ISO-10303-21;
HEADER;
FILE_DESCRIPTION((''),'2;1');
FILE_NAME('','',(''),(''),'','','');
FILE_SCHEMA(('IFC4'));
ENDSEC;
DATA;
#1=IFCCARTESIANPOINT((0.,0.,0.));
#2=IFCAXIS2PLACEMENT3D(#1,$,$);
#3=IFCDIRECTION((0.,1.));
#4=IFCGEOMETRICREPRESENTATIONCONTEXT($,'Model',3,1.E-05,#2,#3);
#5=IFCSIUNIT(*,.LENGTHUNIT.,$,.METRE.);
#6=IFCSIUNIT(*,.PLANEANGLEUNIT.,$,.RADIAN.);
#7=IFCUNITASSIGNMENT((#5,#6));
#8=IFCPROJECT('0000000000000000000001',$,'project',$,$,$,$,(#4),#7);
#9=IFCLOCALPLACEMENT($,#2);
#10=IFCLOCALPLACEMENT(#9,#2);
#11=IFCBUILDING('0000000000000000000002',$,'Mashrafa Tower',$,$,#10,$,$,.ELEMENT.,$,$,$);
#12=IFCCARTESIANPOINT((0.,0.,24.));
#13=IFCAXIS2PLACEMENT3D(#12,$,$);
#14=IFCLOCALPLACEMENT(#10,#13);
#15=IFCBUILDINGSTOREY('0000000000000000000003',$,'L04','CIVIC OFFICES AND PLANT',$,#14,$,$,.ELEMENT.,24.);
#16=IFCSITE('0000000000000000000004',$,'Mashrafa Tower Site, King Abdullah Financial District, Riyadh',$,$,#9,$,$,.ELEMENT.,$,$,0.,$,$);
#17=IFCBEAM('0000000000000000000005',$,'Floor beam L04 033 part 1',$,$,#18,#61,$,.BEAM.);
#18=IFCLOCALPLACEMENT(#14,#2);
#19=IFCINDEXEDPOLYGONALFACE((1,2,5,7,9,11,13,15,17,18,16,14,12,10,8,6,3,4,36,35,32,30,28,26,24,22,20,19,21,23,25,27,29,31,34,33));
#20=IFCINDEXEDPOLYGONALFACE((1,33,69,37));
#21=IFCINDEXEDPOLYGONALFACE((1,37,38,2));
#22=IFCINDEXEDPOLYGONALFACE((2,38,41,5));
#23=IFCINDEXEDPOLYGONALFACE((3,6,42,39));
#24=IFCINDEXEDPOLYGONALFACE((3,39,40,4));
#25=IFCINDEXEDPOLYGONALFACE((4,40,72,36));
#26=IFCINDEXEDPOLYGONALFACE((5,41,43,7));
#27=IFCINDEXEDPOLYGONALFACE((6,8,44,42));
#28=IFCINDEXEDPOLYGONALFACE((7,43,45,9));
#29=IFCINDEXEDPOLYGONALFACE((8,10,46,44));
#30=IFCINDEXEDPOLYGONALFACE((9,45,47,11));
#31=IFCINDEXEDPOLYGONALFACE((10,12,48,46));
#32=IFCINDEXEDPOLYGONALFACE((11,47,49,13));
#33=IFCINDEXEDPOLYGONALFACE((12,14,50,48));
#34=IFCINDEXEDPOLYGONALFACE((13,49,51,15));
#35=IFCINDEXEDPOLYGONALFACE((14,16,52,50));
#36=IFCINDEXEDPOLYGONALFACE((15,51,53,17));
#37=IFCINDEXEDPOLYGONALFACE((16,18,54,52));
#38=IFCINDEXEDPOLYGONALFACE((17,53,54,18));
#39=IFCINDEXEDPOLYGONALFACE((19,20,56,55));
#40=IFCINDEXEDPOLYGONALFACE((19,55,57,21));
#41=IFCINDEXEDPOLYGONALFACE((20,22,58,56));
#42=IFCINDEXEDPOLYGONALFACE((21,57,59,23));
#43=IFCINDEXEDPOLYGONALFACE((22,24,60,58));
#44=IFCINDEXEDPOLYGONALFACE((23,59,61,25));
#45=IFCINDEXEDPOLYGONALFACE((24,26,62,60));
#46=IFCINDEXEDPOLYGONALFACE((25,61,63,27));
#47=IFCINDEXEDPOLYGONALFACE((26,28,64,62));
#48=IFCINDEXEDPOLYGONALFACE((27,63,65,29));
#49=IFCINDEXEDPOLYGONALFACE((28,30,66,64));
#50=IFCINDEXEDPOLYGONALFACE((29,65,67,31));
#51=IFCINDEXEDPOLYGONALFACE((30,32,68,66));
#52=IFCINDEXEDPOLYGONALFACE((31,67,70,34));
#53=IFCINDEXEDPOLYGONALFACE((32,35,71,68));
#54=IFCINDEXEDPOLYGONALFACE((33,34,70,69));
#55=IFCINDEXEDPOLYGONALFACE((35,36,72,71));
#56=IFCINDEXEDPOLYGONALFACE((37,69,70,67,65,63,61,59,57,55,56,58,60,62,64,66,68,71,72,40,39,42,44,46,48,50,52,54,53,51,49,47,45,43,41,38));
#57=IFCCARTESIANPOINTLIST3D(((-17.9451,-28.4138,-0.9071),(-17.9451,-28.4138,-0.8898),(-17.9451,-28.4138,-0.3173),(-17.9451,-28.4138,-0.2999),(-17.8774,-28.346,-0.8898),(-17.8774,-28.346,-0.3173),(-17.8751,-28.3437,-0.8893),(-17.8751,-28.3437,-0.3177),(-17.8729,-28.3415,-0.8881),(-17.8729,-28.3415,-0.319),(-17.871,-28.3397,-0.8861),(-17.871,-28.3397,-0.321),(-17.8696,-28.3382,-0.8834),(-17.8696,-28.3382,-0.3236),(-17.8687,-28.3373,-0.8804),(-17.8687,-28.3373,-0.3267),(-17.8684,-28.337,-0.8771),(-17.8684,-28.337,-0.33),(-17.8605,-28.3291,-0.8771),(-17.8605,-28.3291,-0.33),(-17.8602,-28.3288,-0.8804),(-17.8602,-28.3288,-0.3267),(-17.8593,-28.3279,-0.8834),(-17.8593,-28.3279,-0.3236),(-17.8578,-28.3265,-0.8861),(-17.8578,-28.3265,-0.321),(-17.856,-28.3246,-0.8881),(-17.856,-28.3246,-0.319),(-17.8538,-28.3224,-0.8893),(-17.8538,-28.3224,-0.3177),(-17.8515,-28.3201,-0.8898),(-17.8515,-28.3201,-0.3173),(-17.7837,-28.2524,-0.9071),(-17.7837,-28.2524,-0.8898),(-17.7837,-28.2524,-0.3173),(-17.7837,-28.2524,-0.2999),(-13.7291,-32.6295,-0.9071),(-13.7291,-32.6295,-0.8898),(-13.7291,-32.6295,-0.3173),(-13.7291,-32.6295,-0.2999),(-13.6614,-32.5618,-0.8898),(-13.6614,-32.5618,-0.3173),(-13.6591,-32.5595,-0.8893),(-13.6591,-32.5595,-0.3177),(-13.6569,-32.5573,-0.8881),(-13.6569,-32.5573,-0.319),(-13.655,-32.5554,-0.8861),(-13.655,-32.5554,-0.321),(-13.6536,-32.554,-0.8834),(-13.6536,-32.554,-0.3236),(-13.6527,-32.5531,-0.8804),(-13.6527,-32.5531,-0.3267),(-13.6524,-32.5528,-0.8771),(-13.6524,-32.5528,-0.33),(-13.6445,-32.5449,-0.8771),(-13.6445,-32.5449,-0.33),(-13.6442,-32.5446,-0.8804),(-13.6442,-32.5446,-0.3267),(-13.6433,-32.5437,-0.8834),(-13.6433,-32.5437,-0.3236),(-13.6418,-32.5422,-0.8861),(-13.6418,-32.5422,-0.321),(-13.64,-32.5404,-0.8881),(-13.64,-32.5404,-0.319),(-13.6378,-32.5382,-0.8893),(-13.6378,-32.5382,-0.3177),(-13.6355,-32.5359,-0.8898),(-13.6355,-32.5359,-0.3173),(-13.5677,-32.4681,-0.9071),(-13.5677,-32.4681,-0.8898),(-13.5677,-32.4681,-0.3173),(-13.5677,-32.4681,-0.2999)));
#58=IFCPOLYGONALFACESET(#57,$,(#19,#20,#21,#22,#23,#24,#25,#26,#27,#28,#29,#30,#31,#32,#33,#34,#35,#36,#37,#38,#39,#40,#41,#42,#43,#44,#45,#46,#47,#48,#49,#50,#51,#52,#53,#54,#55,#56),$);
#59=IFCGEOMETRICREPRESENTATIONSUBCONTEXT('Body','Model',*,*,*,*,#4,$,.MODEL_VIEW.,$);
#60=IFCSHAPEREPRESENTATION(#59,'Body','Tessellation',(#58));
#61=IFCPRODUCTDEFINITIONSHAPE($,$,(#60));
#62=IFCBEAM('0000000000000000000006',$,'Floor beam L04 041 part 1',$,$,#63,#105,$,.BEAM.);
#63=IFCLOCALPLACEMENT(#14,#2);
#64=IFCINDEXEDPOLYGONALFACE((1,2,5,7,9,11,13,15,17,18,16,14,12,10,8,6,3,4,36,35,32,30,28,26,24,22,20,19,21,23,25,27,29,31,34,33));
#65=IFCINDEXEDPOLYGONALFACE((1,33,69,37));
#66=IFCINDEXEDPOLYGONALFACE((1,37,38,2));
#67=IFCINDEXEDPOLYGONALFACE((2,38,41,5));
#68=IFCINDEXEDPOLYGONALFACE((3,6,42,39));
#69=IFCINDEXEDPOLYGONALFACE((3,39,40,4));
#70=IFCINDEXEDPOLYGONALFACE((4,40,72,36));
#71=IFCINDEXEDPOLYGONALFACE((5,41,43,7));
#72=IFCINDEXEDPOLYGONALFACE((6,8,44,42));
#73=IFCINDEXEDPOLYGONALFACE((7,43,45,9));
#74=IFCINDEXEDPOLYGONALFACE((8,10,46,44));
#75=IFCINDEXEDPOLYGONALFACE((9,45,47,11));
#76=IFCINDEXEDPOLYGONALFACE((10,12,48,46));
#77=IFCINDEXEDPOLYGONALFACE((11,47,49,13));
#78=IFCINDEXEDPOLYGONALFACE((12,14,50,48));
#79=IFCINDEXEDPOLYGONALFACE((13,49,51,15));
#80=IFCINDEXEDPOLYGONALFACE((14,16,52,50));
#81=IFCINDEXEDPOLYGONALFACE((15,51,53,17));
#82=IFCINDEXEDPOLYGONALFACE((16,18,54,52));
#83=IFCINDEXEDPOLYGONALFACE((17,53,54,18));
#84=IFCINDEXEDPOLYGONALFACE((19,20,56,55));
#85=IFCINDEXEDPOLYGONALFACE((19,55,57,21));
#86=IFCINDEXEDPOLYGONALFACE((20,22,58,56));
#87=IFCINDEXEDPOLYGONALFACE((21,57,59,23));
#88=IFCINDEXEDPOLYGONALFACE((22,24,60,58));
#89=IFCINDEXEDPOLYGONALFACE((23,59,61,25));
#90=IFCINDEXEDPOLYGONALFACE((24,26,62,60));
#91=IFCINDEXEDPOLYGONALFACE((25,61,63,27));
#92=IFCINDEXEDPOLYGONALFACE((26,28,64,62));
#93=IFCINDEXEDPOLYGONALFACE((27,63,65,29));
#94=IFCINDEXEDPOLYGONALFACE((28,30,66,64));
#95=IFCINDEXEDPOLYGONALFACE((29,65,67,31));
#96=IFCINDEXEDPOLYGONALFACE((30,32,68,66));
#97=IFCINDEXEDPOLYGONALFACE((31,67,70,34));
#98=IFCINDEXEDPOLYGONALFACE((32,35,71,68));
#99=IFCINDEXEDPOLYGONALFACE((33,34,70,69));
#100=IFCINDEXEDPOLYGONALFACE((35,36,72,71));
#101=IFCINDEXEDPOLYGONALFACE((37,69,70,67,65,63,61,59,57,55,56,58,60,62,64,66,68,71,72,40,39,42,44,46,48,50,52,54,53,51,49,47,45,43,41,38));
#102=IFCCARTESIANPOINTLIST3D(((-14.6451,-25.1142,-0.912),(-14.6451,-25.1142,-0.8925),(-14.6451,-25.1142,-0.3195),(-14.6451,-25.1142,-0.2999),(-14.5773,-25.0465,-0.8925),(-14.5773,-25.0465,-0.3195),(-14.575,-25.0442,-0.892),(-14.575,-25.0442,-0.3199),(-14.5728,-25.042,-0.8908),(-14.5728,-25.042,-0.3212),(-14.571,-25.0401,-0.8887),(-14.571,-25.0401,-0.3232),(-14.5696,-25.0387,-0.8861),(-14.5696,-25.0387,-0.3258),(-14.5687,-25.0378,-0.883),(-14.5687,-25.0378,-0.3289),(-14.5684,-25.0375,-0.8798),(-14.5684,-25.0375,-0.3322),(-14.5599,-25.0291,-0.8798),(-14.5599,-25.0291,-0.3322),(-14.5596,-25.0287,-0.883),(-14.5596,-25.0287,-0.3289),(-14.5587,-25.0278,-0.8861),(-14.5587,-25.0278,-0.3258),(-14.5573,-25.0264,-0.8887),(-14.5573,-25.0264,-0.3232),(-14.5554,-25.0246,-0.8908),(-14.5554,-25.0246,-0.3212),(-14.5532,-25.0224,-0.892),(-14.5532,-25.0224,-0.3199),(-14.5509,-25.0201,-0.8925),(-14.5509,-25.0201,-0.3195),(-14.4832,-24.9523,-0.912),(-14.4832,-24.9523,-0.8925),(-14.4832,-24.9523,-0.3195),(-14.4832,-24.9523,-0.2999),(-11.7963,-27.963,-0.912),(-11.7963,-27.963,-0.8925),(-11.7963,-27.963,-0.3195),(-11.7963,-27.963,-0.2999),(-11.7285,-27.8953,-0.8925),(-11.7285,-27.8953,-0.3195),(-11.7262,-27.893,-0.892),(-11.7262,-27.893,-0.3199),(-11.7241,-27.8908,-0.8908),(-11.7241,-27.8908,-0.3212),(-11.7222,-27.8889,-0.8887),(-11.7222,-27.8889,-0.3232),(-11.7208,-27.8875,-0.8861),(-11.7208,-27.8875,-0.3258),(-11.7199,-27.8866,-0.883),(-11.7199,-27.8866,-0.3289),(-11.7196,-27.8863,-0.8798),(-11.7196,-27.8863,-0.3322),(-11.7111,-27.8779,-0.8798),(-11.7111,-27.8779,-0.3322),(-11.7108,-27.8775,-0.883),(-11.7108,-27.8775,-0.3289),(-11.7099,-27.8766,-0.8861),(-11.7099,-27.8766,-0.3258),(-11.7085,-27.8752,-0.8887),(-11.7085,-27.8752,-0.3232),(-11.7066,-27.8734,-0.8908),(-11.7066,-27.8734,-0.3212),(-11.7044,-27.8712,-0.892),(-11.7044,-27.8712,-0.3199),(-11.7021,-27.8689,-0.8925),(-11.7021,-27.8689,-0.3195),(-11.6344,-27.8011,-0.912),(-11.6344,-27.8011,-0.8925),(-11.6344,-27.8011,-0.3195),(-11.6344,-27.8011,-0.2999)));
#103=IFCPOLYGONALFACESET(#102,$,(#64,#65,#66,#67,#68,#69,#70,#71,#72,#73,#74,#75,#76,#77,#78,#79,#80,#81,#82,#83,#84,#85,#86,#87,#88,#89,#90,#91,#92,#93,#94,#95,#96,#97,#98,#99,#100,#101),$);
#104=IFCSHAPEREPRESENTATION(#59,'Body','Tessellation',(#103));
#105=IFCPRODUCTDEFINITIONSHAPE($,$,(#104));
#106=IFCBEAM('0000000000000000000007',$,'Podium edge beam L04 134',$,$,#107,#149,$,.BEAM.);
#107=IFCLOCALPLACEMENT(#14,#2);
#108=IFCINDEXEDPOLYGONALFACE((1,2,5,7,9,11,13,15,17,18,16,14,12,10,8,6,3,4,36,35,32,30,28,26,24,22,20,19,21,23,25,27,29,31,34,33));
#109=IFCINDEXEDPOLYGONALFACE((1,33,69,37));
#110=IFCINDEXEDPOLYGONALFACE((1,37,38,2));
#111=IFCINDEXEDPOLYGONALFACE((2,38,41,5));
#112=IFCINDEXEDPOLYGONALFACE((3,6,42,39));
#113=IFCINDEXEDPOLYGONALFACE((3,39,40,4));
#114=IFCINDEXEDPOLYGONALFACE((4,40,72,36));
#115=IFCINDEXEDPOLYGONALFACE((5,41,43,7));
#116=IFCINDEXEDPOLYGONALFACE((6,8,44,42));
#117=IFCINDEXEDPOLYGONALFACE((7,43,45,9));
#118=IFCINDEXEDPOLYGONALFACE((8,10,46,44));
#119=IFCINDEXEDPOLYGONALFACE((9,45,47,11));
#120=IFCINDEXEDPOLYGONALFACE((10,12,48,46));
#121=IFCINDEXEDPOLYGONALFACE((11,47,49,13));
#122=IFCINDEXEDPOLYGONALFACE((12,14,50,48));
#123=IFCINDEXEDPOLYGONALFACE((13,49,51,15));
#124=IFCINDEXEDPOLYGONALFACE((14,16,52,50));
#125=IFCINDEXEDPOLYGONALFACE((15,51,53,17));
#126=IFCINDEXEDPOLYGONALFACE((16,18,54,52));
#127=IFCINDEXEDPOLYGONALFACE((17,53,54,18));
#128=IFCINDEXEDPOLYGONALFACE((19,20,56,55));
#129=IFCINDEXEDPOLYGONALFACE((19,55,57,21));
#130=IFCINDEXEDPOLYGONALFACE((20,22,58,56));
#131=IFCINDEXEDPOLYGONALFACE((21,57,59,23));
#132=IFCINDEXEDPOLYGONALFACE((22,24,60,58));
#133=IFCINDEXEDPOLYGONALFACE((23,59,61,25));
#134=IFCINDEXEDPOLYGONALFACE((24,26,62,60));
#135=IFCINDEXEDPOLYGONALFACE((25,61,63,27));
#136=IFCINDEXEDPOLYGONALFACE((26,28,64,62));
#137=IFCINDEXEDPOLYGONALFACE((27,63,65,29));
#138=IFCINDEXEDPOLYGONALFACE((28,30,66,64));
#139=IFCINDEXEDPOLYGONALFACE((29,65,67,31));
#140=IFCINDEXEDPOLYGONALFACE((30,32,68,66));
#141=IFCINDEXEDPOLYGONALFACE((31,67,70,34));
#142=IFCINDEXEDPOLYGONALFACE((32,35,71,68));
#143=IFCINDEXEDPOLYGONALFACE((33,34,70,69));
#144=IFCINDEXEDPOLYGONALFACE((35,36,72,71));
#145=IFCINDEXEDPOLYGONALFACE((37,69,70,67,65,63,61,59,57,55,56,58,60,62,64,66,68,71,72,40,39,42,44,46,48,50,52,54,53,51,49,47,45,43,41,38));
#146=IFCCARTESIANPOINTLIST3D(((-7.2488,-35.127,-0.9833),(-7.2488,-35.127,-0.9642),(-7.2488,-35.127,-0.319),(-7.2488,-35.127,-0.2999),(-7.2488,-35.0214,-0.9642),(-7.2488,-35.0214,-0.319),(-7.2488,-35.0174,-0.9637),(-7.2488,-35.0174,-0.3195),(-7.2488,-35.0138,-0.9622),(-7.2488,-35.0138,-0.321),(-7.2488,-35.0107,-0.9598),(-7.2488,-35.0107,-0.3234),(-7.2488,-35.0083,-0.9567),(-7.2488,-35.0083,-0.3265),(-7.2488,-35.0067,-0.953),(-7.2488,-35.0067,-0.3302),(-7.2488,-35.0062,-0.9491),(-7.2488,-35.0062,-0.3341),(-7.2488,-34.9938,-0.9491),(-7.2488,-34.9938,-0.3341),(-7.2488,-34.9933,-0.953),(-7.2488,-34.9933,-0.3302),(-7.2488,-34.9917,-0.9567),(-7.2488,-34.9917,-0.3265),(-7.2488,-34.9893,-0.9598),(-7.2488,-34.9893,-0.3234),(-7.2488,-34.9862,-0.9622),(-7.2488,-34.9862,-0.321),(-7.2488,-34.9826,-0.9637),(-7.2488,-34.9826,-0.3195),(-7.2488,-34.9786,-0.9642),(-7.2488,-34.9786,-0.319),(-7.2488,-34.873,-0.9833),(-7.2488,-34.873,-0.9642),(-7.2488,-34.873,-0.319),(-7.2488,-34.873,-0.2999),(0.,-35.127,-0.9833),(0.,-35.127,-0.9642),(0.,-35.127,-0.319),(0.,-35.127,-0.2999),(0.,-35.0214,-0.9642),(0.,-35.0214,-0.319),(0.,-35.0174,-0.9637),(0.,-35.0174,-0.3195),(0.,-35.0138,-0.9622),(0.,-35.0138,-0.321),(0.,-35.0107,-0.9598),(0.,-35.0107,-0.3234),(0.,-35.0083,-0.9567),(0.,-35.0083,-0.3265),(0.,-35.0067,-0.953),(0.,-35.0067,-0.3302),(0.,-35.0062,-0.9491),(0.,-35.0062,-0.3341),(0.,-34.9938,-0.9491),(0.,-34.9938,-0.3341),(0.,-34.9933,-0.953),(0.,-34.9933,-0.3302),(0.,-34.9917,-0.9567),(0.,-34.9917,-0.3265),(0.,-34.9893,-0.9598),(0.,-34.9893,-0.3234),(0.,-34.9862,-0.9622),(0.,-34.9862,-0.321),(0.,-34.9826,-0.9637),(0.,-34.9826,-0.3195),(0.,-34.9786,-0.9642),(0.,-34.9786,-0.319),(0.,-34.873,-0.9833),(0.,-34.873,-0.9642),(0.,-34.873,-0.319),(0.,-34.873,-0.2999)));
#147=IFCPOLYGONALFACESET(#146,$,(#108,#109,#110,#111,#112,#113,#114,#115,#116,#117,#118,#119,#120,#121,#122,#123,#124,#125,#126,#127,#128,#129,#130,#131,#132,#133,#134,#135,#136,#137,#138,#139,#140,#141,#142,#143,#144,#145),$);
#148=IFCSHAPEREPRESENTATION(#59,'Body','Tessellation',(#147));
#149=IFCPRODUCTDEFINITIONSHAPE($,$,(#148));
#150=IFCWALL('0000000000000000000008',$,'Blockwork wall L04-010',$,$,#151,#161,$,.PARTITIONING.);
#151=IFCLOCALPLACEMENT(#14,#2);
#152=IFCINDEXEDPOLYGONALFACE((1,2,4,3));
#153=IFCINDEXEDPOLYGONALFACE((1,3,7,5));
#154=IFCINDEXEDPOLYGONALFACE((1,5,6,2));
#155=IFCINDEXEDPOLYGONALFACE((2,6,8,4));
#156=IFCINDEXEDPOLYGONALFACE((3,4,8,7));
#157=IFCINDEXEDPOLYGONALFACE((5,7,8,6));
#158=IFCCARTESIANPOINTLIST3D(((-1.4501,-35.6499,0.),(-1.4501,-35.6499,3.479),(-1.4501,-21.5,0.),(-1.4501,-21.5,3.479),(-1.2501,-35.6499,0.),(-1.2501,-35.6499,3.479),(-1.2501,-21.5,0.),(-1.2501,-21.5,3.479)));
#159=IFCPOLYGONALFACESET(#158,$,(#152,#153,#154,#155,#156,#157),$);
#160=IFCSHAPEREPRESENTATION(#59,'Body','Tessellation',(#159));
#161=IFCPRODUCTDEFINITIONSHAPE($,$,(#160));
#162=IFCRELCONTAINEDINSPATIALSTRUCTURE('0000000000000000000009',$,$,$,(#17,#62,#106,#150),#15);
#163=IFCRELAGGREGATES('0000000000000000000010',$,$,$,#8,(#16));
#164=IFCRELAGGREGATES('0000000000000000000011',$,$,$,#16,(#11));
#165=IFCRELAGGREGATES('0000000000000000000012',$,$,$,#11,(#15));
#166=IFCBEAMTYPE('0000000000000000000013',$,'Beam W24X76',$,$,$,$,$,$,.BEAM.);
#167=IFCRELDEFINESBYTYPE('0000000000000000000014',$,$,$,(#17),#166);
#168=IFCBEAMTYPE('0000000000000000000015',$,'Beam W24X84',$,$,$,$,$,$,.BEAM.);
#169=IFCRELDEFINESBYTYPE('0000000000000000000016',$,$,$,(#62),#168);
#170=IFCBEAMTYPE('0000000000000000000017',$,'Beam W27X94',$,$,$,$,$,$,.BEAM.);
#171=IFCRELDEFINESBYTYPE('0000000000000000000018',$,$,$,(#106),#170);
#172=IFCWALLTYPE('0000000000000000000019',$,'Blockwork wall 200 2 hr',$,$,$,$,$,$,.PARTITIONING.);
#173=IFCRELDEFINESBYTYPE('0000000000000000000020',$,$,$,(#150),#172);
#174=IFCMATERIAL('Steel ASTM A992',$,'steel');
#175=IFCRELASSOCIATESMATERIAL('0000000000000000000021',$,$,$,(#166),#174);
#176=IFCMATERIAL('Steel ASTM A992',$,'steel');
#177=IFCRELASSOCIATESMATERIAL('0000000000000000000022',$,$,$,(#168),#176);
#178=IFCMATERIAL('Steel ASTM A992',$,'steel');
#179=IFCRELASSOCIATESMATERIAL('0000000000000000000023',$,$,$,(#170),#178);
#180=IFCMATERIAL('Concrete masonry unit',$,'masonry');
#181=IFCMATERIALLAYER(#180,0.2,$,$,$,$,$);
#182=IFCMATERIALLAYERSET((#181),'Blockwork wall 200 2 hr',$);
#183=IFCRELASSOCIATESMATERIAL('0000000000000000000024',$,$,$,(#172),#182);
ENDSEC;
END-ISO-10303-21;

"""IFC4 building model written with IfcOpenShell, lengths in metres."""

from ifc_helpers import new_model, si_unit, direction, frame, frame_2d, origin, origin_2d, place, context, subcontext, project, spatial, rectangle, i_section, extrude, material, layer, layer_set, material_profile, profile_set, type_object, element, save


model = new_model("IFC4")

# Units and contexts
model_context = context("Model", 3, precision=1e-05, world=origin(), true_north=direction((0.0, 1.0)))
body_context = subcontext(model_context, "Body", "Model", "MODEL_VIEW")
ifc_project = project(units=[si_unit("LENGTHUNIT", "METRE"), si_unit("PLANEANGLEUNIT", "RADIAN")], contexts=[model_context])

# Site, building, storey
site_placement = place(None, origin())
site = spatial("IfcSite", under=ifc_project, at=site_placement, Name="Mashrafa Tower Site, King Abdullah Financial District, Riyadh", CompositionType="ELEMENT", RefElevation=0.0)
building_placement = place(site_placement, origin())
building = spatial("IfcBuilding", under=site, at=building_placement, Name="Mashrafa Tower", CompositionType="ELEMENT")
storey_placement = place(building_placement, frame((0.0, 0.0, 24.0)))
storey = spatial("IfcBuildingStorey", under=building, at=storey_placement, Name="L04", Description="CIVIC OFFICES AND PLANT", CompositionType="ELEMENT", Elevation=24.0)

# Beams
ifc_material_1 = material(Name="Steel ASTM A992", Category="steel")
ifc_material_profile_1 = material_profile(ifc_material_1, i_section(OverallWidth=0.2283, OverallDepth=0.6072, WebThickness=0.0112, FlangeThickness=0.0173, FilletRadius=0.0127, at=origin_2d()), Name="W24X76")
ifc_profile_set_1 = profile_set([ifc_material_profile_1], Name="Steel ASTM A992")
beam_type_1 = type_object("IfcBeamType", Name="Beam W24X76", PredefinedType="BEAM", material=ifc_profile_set_1)
beam_1_placement = place(storey_placement, frame((-13.6484, -32.5488, -0.6035), z_axis=(-0.707127, 0.707086, 0.0), x_axis=(-0.707086, -0.707127, 0.0)))
element("IfcBeam", 1, at=beam_1_placement, inside=storey, type_object=beam_type_1, Name="Floor beam L04 033 part 1", PredefinedType="BEAM", context=body_context, shape_type="SweptSolid", body=[
    extrude(i_section(OverallWidth=0.2283, OverallDepth=0.6072, WebThickness=0.0112, FlangeThickness=0.0173, FilletRadius=0.0127, at=origin_2d()), origin(), (0.0, 0.0, 1.0), 5.9622),
])
ifc_material_2 = material(Name="Steel ASTM A992", Category="steel")
ifc_material_profile_2 = material_profile(ifc_material_2, i_section(OverallWidth=0.229, OverallDepth=0.6121, WebThickness=0.012, FlangeThickness=0.0195, FilletRadius=0.0127, at=origin_2d()), Name="W24X84")
ifc_profile_set_2 = profile_set([ifc_material_profile_2], Name="Steel ASTM A992")
beam_type_2 = type_object("IfcBeamType", Name="Beam W24X84", PredefinedType="BEAM", material=ifc_profile_set_2)
beam_2_placement = place(storey_placement, frame((-11.7153, -27.8821, -0.606), z_axis=(-0.707107, 0.707107, 0.0), x_axis=(-0.707107, -0.707107, 0.0)))
element("IfcBeam", 2, at=beam_2_placement, inside=storey, type_object=beam_type_2, Name="Floor beam L04 041 part 1", PredefinedType="BEAM", context=body_context, shape_type="SweptSolid", body=[
    extrude(i_section(OverallWidth=0.229, OverallDepth=0.6121, WebThickness=0.012, FlangeThickness=0.0195, FilletRadius=0.0127, at=origin_2d()), origin(), (0.0, 0.0, 1.0), 4.0288),
])
ifc_material_3 = material(Name="Steel ASTM A992", Category="steel")
ifc_material_profile_3 = material_profile(ifc_material_3, i_section(OverallWidth=0.2539, OverallDepth=0.6833, WebThickness=0.0125, FlangeThickness=0.019, FilletRadius=0.0151, at=origin_2d()), Name="W27X94")
ifc_profile_set_3 = profile_set([ifc_material_profile_3], Name="Steel ASTM A992")
beam_type_3 = type_object("IfcBeamType", Name="Beam W27X94", PredefinedType="BEAM", material=ifc_profile_set_3)
beam_3_placement = place(storey_placement, frame((-7.2488, -35.0, -0.6416), z_axis=(1.0, 0.0, 0.0), x_axis=(0.0, 1.0, 0.0)))
element("IfcBeam", 3, at=beam_3_placement, inside=storey, type_object=beam_type_3, Name="Podium edge beam L04 134", PredefinedType="BEAM", context=body_context, shape_type="SweptSolid", body=[
    extrude(i_section(OverallWidth=0.2539, OverallDepth=0.6833, WebThickness=0.0125, FlangeThickness=0.019, FilletRadius=0.0151, at=origin_2d()), origin(), (0.0, 0.0, 1.0), 7.2488),
])

# Wall
ifc_material_4 = material(Name="Concrete masonry unit", Category="masonry")
ifc_layer_1 = layer(ifc_material_4, 0.2)
ifc_layer_set_1 = layer_set([ifc_layer_1], Name="Blockwork wall 200 2 hr")
wall_type_1 = type_object("IfcWallType", Name="Blockwork wall 200 2 hr", PredefinedType="PARTITIONING", material=ifc_layer_set_1)
wall_1_placement = place(storey_placement, frame((-1.3501, -35.6499, 0.0), z_axis=(0.0, 0.0, 1.0), x_axis=(0.0, 1.0, 0.0)))
element("IfcWall", 4, at=wall_1_placement, inside=storey, type_object=wall_type_1, Name="Blockwork wall L04-010", PredefinedType="PARTITIONING", context=body_context, shape_type="SweptSolid", body=[
    extrude(rectangle(XDim=14.1499, YDim=0.2, at=frame_2d((7.075, 0.0))), origin(), (0.0, 0.0, 1.0), 3.479),
])

save(model, "model.ifc")
